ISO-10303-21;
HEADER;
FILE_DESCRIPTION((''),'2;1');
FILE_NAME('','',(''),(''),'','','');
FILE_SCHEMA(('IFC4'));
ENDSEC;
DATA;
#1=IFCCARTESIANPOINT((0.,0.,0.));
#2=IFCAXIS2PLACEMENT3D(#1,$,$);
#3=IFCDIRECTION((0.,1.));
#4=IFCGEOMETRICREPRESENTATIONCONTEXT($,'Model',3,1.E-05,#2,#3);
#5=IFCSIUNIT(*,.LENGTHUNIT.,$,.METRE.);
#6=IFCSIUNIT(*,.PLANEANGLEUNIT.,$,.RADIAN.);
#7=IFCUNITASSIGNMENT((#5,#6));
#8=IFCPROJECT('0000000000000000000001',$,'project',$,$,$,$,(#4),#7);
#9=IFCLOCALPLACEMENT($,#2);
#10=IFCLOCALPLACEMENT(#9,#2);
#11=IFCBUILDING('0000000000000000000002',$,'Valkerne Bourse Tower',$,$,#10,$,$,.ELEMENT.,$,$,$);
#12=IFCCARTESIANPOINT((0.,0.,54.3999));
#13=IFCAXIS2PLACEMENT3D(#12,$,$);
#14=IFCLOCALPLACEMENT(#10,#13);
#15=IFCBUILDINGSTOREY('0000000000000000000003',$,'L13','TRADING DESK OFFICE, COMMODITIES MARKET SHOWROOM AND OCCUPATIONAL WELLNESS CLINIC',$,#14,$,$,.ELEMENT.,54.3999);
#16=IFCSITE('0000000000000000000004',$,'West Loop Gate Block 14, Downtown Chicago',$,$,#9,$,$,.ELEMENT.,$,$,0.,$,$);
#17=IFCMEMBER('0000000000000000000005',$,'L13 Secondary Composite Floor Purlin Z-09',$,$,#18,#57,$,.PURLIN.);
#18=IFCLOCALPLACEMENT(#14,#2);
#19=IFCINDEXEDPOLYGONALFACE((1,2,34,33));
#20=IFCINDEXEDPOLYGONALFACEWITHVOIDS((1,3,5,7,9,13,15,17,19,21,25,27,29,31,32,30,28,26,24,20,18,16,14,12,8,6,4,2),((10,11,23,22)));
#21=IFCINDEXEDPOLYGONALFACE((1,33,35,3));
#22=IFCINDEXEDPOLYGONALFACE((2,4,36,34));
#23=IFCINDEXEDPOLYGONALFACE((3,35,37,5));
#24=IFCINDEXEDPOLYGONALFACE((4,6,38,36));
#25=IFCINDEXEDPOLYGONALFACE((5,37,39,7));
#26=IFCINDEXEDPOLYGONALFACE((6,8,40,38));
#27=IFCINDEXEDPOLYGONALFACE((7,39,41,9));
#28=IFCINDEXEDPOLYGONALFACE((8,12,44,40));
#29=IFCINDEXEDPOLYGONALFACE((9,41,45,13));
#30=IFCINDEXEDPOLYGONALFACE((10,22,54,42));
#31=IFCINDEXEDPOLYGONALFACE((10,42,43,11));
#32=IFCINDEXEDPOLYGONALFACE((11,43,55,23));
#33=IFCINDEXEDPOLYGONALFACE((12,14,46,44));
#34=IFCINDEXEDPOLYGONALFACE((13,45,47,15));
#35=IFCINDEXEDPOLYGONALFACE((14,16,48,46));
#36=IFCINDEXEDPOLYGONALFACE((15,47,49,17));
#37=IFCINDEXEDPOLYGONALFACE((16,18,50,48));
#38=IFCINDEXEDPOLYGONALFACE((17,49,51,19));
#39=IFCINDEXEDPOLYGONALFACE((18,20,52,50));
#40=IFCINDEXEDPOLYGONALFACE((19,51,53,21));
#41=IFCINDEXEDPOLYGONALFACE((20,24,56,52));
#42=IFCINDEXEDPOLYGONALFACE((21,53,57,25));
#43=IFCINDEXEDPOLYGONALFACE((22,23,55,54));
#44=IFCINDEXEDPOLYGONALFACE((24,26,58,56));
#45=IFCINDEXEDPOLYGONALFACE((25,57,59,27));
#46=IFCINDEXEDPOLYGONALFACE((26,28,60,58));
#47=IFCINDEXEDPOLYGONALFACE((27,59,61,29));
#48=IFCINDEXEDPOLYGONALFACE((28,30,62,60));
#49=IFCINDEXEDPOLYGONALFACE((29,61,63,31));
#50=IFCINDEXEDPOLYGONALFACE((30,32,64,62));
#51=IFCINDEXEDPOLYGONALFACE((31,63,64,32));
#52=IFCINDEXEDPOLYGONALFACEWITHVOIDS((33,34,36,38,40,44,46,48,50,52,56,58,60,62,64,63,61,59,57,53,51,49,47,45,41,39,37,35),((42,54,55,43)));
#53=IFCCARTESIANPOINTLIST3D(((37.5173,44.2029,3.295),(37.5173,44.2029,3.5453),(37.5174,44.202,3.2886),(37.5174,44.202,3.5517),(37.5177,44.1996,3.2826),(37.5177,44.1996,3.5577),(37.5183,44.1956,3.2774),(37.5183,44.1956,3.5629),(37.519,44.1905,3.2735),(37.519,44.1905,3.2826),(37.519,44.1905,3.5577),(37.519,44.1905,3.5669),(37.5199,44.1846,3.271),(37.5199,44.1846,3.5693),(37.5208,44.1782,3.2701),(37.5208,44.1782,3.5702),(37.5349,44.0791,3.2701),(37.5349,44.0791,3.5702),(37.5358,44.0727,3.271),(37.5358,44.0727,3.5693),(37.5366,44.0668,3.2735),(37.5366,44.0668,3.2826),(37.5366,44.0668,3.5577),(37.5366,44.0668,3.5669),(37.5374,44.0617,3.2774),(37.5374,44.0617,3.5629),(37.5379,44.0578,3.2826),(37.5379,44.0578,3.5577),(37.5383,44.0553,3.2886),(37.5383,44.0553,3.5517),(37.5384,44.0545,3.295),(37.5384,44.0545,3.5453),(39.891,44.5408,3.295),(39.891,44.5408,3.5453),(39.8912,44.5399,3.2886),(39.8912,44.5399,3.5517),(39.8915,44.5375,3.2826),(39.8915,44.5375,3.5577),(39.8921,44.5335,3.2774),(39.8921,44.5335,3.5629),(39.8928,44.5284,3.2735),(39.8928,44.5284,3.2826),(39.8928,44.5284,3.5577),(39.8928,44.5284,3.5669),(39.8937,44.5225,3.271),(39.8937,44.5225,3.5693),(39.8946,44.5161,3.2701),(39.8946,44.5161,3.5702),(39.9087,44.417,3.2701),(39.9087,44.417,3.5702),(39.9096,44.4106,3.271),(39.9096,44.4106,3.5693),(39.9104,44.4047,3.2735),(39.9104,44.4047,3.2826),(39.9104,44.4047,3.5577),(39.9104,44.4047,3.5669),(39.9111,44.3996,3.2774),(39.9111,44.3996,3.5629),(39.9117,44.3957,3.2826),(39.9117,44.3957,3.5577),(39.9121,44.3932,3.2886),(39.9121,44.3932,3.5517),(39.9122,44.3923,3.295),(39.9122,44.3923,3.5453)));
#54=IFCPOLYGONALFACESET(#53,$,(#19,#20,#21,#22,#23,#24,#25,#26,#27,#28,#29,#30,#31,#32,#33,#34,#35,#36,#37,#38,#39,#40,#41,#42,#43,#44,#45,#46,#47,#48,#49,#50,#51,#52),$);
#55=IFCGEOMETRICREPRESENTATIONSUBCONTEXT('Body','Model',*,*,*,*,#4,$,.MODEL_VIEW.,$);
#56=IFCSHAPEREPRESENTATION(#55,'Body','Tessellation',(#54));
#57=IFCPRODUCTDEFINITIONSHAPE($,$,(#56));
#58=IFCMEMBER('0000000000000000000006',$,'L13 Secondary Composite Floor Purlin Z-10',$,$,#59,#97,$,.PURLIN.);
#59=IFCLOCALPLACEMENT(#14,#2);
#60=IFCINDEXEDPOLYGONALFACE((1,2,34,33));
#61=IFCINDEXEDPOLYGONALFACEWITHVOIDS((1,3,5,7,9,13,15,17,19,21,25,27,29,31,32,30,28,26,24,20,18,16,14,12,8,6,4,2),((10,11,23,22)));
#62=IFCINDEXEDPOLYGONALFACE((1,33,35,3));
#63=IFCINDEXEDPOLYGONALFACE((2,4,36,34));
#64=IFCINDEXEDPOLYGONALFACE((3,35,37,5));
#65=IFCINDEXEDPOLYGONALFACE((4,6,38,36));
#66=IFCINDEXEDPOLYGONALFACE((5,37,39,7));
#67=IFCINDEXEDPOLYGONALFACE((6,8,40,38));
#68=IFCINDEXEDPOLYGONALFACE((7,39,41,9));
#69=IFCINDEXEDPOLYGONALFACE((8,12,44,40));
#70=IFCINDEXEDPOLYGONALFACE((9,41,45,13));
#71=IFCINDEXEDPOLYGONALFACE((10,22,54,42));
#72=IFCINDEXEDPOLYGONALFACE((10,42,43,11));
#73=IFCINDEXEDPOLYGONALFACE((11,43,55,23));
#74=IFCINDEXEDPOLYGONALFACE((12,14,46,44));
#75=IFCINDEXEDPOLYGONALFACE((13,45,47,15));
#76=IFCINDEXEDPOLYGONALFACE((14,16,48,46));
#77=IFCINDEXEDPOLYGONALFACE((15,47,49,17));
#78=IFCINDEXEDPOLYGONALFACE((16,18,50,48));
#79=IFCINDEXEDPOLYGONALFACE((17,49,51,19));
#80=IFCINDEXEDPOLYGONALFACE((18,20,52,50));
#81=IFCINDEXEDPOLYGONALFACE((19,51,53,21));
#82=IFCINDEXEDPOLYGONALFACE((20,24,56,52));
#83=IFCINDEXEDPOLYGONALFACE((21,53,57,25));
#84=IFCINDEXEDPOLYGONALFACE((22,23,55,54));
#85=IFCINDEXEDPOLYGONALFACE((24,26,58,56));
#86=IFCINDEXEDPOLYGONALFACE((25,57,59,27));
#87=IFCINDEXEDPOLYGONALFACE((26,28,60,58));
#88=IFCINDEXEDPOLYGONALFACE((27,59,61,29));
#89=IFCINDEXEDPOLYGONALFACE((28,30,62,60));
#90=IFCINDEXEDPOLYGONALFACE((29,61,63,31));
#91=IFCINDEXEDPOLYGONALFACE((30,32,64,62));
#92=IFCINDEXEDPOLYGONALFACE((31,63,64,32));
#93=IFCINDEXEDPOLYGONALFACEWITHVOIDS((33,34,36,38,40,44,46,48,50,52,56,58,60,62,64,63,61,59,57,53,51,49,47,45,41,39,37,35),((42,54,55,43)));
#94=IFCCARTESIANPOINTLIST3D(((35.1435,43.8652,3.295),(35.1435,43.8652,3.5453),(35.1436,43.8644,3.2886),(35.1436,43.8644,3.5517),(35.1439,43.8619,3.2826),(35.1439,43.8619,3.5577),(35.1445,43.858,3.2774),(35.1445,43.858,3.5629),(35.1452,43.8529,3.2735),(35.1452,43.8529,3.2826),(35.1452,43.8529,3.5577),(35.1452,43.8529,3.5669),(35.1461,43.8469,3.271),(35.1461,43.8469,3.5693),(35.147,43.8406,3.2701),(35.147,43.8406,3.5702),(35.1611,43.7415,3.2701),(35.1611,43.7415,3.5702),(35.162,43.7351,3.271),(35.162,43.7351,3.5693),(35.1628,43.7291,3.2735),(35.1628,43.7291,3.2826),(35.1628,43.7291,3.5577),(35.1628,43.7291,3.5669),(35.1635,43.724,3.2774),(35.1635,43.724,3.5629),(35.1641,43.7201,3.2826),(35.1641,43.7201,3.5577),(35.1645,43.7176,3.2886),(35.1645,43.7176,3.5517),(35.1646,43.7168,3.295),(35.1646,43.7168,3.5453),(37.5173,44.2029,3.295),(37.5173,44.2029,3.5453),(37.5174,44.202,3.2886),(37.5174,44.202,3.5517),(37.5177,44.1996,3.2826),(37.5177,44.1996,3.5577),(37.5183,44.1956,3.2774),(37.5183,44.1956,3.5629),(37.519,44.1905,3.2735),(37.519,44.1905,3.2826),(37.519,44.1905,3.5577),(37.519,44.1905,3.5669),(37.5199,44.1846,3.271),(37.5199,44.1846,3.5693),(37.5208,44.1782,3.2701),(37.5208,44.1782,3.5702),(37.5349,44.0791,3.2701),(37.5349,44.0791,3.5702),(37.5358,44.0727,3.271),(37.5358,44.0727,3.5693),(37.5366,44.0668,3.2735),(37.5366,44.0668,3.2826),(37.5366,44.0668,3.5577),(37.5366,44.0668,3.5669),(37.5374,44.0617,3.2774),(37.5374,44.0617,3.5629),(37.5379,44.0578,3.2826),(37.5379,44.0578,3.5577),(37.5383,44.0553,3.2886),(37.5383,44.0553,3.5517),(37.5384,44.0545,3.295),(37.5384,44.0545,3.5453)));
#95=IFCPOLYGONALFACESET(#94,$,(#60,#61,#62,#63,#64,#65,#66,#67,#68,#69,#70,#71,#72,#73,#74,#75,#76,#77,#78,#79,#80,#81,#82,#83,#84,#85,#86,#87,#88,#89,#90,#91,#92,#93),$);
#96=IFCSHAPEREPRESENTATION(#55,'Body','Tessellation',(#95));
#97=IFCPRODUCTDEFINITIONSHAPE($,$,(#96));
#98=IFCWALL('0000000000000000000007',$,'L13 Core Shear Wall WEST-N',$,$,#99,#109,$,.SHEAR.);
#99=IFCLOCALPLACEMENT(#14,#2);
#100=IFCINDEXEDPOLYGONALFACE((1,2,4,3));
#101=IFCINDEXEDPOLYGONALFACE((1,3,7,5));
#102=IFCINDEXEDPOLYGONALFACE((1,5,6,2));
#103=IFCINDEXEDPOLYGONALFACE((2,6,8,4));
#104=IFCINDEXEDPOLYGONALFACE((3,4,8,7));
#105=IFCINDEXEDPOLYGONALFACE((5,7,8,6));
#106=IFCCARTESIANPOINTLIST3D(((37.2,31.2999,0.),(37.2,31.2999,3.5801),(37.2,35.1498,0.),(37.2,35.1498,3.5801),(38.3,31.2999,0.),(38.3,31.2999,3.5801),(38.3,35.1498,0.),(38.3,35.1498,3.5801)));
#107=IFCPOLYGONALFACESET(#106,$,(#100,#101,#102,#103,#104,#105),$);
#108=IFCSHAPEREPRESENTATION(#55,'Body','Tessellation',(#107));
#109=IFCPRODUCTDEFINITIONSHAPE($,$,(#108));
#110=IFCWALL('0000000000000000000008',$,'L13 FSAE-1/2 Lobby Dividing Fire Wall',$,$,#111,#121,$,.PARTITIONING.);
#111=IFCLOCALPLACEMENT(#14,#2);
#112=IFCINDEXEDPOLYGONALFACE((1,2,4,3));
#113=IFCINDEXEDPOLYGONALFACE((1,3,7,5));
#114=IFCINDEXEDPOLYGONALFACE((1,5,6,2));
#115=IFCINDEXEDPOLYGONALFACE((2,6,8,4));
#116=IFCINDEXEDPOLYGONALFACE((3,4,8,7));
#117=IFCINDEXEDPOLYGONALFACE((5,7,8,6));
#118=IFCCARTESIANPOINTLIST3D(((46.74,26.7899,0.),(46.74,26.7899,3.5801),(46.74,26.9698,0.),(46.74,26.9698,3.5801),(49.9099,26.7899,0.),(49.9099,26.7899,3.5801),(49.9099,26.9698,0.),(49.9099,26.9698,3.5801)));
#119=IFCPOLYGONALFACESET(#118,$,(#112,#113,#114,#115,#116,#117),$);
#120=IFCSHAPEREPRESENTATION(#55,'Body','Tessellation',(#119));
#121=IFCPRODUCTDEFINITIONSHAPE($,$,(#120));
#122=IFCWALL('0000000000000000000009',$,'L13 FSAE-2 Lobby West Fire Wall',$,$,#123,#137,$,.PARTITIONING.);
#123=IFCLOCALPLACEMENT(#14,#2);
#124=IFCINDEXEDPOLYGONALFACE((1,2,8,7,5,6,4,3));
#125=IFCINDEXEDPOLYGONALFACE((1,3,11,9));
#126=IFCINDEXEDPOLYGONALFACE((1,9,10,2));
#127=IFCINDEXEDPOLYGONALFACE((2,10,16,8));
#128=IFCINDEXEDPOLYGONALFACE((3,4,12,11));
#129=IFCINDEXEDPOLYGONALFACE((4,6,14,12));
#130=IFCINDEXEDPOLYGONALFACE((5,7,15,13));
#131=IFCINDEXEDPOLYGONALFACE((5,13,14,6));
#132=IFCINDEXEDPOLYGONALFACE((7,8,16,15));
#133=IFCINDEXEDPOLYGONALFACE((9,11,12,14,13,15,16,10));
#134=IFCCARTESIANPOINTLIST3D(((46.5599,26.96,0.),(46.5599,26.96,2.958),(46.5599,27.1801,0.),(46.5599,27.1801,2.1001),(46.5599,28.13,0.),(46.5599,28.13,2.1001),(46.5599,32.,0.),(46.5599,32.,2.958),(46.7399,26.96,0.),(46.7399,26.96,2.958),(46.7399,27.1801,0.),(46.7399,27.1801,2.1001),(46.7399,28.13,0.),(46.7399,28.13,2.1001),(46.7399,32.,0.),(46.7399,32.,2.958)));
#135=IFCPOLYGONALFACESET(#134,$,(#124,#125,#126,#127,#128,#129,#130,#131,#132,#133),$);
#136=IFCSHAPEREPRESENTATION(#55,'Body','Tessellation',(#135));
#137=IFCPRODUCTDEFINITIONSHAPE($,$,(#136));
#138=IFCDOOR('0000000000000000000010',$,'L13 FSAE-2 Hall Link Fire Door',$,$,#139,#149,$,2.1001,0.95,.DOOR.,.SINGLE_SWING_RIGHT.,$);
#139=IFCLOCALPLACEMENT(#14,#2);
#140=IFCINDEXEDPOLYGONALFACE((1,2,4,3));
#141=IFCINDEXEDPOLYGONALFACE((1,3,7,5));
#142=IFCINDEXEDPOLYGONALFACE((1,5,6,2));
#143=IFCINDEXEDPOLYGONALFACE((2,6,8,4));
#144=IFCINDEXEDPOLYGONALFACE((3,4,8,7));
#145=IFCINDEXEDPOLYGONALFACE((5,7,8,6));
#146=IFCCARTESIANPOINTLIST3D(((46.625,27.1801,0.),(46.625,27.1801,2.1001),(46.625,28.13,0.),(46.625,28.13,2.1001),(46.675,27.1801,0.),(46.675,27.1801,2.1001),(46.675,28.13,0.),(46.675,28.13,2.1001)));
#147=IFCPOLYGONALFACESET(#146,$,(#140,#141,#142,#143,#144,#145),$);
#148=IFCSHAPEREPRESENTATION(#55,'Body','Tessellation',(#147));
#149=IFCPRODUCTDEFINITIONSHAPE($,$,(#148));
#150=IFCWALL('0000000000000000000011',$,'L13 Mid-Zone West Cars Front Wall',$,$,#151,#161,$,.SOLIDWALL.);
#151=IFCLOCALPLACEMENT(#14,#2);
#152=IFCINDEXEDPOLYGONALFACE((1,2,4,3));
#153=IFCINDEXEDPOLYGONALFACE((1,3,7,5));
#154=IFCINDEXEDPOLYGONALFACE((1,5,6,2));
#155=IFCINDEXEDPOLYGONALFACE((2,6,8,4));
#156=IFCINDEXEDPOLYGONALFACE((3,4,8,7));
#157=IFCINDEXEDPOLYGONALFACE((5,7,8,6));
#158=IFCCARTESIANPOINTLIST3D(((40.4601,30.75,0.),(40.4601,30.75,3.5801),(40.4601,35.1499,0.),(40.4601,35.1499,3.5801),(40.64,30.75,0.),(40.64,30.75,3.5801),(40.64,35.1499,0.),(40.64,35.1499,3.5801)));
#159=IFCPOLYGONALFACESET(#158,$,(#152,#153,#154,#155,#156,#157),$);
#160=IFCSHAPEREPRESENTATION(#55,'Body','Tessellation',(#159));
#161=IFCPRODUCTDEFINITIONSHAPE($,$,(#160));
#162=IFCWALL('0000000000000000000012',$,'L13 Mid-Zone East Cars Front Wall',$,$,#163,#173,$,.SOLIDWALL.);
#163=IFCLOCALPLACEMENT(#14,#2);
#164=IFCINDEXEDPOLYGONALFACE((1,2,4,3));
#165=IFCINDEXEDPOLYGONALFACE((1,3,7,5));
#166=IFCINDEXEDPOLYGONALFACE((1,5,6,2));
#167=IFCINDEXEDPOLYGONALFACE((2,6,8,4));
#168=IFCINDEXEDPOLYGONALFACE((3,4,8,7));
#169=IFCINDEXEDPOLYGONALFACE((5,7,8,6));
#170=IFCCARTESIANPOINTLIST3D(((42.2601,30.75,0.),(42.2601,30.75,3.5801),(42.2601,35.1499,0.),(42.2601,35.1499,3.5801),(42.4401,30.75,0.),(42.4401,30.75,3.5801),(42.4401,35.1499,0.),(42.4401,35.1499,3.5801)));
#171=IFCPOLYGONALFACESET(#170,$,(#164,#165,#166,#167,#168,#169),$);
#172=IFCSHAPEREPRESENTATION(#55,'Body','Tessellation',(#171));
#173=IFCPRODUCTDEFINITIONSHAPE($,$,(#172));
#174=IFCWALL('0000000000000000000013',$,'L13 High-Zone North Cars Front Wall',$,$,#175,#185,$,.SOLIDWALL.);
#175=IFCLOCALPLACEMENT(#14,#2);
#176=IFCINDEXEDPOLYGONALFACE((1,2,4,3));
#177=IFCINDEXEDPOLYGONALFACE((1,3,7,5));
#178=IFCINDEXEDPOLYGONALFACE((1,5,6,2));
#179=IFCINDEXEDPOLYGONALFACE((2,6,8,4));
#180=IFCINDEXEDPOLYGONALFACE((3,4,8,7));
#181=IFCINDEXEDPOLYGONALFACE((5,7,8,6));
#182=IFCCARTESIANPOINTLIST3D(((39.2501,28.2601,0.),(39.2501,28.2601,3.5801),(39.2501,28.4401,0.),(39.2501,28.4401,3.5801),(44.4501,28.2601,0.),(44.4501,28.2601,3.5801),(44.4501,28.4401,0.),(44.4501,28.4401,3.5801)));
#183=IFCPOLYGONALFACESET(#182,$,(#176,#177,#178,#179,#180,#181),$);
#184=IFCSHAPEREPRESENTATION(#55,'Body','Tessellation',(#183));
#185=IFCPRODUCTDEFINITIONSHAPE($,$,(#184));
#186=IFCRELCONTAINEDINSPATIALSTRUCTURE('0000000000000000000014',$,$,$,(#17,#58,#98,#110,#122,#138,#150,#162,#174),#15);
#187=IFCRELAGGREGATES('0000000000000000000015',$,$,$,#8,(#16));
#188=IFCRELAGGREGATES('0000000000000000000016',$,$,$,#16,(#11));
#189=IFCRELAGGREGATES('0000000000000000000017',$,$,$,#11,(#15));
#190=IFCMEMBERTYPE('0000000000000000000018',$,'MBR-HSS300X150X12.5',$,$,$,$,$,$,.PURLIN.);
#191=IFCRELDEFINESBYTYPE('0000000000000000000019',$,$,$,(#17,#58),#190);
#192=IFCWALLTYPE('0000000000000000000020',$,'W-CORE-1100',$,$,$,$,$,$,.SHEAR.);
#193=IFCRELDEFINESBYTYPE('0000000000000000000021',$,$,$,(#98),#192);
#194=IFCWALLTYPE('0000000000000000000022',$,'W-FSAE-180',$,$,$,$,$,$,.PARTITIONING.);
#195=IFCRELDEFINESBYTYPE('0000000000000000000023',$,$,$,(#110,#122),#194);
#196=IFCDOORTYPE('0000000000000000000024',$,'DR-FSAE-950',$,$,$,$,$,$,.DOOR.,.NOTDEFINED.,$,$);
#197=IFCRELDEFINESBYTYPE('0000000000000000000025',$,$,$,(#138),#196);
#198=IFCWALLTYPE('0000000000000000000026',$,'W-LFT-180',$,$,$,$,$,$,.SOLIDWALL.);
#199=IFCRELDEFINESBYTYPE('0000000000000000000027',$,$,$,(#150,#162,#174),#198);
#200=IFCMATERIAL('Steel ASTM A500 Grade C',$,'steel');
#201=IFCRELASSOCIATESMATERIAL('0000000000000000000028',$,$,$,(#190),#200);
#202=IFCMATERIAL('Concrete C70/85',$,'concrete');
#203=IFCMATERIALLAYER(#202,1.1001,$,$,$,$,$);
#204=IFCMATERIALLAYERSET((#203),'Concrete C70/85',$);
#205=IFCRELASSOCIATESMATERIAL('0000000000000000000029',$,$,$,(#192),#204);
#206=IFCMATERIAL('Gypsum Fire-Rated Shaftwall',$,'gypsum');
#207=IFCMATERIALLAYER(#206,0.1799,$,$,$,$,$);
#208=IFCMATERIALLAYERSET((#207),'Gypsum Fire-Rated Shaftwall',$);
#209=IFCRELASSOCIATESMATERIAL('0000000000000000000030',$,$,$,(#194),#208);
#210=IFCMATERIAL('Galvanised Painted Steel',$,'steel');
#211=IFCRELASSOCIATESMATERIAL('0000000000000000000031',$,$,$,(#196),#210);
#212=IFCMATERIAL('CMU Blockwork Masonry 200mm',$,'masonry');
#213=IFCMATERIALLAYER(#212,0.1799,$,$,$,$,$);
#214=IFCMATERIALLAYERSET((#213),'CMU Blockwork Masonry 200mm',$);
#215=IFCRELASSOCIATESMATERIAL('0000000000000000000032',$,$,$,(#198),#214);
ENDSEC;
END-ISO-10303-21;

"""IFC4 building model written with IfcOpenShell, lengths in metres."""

from ifc_helpers import new_model, si_unit, direction, frame, frame_2d, origin, origin_2d, place, context, subcontext, project, spatial, rectangle, hollow_rectangle, extrude, material, layer, layer_set, material_profile, profile_set, type_object, element, fill, save


model = new_model("IFC4")

# Units and contexts
model_context = context("Model", 3, precision=1e-05, world=origin(), true_north=direction((0.0, 1.0)))
body_context = subcontext(model_context, "Body", "Model", "MODEL_VIEW")
ifc_project = project(units=[si_unit("LENGTHUNIT", "METRE"), si_unit("PLANEANGLEUNIT", "RADIAN")], contexts=[model_context])

# Site, building, storey
site_placement = place(None, origin())
site = spatial("IfcSite", under=ifc_project, at=site_placement, Name="West Loop Gate Block 14, Downtown Chicago", CompositionType="ELEMENT", RefElevation=0.0)
building_placement = place(site_placement, origin())
building = spatial("IfcBuilding", under=site, at=building_placement, Name="Valkerne Bourse Tower", CompositionType="ELEMENT")
storey_placement = place(building_placement, frame((0.0, 0.0, 54.3999)))
storey = spatial("IfcBuildingStorey", under=building, at=storey_placement, Name="L13", Description="TRADING DESK OFFICE, COMMODITIES MARKET SHOWROOM AND OCCUPATIONAL WELLNESS CLINIC", CompositionType="ELEMENT", Elevation=54.3999)

# Members
ifc_material_1 = material(Name="Steel ASTM A500 Grade C", Category="steel")
ifc_material_profile_1 = material_profile(ifc_material_1, hollow_rectangle(XDim=0.1499, YDim=0.3, WallThickness=0.0125, OuterFilletRadius=0.0249, at=origin_2d()), Name="HSS300X150X12.5")
ifc_profile_set_1 = profile_set([ifc_material_profile_1], Name="Steel ASTM A500 Grade C")
member_type = type_object("IfcMemberType", Name="MBR-HSS300X150X12.5", PredefinedType="PURLIN", material=ifc_profile_set_1)
for number, where, z_axis, x_axis, name in (
    (1, (39.9016, 44.4666, 3.4202), (-0.990021, -0.140922, 0.0), (0.140922, -0.990021, 0.0), "L13 Secondary Composite Floor Purlin Z-09"),
    (2, (37.5278, 44.1287, 3.4202), (-0.990035, -0.140823, 0.0), (0.140823, -0.990035, 0.0), "L13 Secondary Composite Floor Purlin Z-10"),
):
    element("IfcMember", number, at=place(storey_placement, frame(where, z_axis=z_axis, x_axis=x_axis)), inside=storey, type_object=member_type, Name=name, PredefinedType="PURLIN", context=body_context, shape_type="SweptSolid", body=[
        extrude(hollow_rectangle(XDim=0.1499, YDim=0.3, WallThickness=0.0125, OuterFilletRadius=0.0249, at=origin_2d()), origin(), (0.0, 0.0, 1.0), 2.3977),
    ])

# Shared definitions
ifc_material_2 = material(Name="Concrete C70/85", Category="concrete")
ifc_layer_1 = layer(ifc_material_2, 1.1001)
ifc_layer_set_1 = layer_set([ifc_layer_1], Name="Concrete C70/85")
wall_type_1 = type_object("IfcWallType", Name="W-CORE-1100", PredefinedType="SHEAR", material=ifc_layer_set_1)
ifc_material_3 = material(Name="Galvanised Painted Steel", Category="steel")

# Walls
wall_1_placement = place(storey_placement, frame((37.75, 31.3, 0.0), z_axis=(0.0, 0.0, 1.0), x_axis=(0.0, 1.0, 0.0)))
element("IfcWall", 3, at=wall_1_placement, inside=storey, type_object=wall_type_1, Name="L13 Core Shear Wall WEST-N", PredefinedType="SHEAR", context=body_context, shape_type="SweptSolid", body=[
    extrude(rectangle(XDim=3.8499, YDim=1.1001, at=frame_2d((1.9248, 0.0))), origin(), (0.0, 0.0, 1.0), 3.5801),
])
ifc_material_4 = material(Name="Gypsum Fire-Rated Shaftwall", Category="gypsum")
ifc_layer_2 = layer(ifc_material_4, 0.1799)
ifc_layer_set_2 = layer_set([ifc_layer_2], Name="Gypsum Fire-Rated Shaftwall")
wall_type_2 = type_object("IfcWallType", Name="W-FSAE-180", PredefinedType="PARTITIONING", material=ifc_layer_set_2)
wall_2_placement = place(storey_placement, frame((46.74, 26.8799, 0.0), z_axis=(0.0, 0.0, 1.0), x_axis=(1.0, 0.0, 0.0)))
element("IfcWall", 4, at=wall_2_placement, inside=storey, type_object=wall_type_2, Name="L13 FSAE-1/2 Lobby Dividing Fire Wall", PredefinedType="PARTITIONING", context=body_context, shape_type="SweptSolid", body=[
    extrude(rectangle(XDim=3.1699, YDim=0.1799, at=frame_2d((1.585, 0.0))), origin(), (0.0, 0.0, 1.0), 3.5801),
])

# Wall, opening, door
wall_3_placement = place(storey_placement, frame((46.6499, 26.96, 0.0), z_axis=(0.0, 0.0, 1.0), x_axis=(0.0, 1.0, 0.0)))
wall_3 = element("IfcWall", 5, at=wall_3_placement, inside=storey, type_object=wall_type_2, Name="L13 FSAE-2 Lobby West Fire Wall", PredefinedType="PARTITIONING", context=body_context, shape_type="SweptSolid", body=[
    extrude(rectangle(XDim=5.04, YDim=0.1799, at=frame_2d((2.52, 0.0))), origin(), (0.0, 0.0, 1.0), 2.958),
])
opening_1_placement = place(wall_3_placement, frame((0.22, 0.0, 0.0)))
opening_1 = element("IfcOpeningElement", 6, at=opening_1_placement, cuts=wall_3, PredefinedType="OPENING", context=body_context, shape_type="SweptSolid", body=[
    extrude(rectangle(XDim=0.95, YDim=2.1001, at=frame_2d((0.4751, 1.05))), frame((0.0, 0.0999, 0.0), z_axis=(0.0, -1.0, 0.0), x_axis=(1.0, 0.0, 0.0)), (0.0, 0.0, 1.0), 0.2),
])
door_type_1 = type_object("IfcDoorType", Name="DR-FSAE-950", OperationType="NOTDEFINED", PredefinedType="DOOR", material=ifc_material_3)
door_1_placement = place(opening_1_placement, origin())
door_1 = element("IfcDoor", 7, at=door_1_placement, inside=storey, type_object=door_type_1, Name="L13 FSAE-2 Hall Link Fire Door", OperationType="SINGLE_SWING_RIGHT", OverallHeight=2.1001, OverallWidth=0.95, PredefinedType="DOOR", context=body_context, shape_type="SweptSolid", body=[
    extrude(rectangle(XDim=0.95, YDim=2.1001, at=frame_2d((0.4751, 1.05))), frame((0.0, 0.0249, 0.0), z_axis=(0.0, -1.0, 0.0), x_axis=(1.0, 0.0, 0.0)), (0.0, 0.0, 1.0), 0.05),
])
fill(opening_1, door_1)

# Walls
ifc_material_5 = material(Name="CMU Blockwork Masonry 200mm", Category="masonry")
ifc_layer_3 = layer(ifc_material_5, 0.1799)
ifc_layer_set_3 = layer_set([ifc_layer_3], Name="CMU Blockwork Masonry 200mm")
wall_type_3 = type_object("IfcWallType", Name="W-LFT-180", PredefinedType="SOLIDWALL", material=ifc_layer_set_3)
for number, where, z_axis, x_axis, name in (
    (8, (40.55, 30.75, 0.0), (0.0, 0.0, 1.0), (0.0, 1.0, 0.0), "L13 Mid-Zone West Cars Front Wall"),
    (9, (42.3501, 30.75, 0.0), (0.0, 0.0, 1.0), (0.0, 1.0, 0.0), "L13 Mid-Zone East Cars Front Wall"),
):
    element("IfcWall", number, at=place(storey_placement, frame(where, z_axis=z_axis, x_axis=x_axis)), inside=storey, type_object=wall_type_3, Name=name, PredefinedType="SOLIDWALL", context=body_context, shape_type="SweptSolid", body=[
        extrude(rectangle(XDim=4.3999, YDim=0.1799, at=frame_2d((2.2, 0.0))), origin(), (0.0, 0.0, 1.0), 3.5801),
    ])
wall_4_placement = place(storey_placement, frame((39.25, 28.3501, 0.0), z_axis=(0.0, 0.0, 1.0), x_axis=(1.0, 0.0, 0.0)))
element("IfcWall", 10, at=wall_4_placement, inside=storey, type_object=wall_type_3, Name="L13 High-Zone North Cars Front Wall", PredefinedType="SOLIDWALL", context=body_context, shape_type="SweptSolid", body=[
    extrude(rectangle(XDim=5.2, YDim=0.1799, at=frame_2d((2.6001, 0.0))), origin(), (0.0, 0.0, 1.0), 3.5801),
])

save(model, "model.ifc")
